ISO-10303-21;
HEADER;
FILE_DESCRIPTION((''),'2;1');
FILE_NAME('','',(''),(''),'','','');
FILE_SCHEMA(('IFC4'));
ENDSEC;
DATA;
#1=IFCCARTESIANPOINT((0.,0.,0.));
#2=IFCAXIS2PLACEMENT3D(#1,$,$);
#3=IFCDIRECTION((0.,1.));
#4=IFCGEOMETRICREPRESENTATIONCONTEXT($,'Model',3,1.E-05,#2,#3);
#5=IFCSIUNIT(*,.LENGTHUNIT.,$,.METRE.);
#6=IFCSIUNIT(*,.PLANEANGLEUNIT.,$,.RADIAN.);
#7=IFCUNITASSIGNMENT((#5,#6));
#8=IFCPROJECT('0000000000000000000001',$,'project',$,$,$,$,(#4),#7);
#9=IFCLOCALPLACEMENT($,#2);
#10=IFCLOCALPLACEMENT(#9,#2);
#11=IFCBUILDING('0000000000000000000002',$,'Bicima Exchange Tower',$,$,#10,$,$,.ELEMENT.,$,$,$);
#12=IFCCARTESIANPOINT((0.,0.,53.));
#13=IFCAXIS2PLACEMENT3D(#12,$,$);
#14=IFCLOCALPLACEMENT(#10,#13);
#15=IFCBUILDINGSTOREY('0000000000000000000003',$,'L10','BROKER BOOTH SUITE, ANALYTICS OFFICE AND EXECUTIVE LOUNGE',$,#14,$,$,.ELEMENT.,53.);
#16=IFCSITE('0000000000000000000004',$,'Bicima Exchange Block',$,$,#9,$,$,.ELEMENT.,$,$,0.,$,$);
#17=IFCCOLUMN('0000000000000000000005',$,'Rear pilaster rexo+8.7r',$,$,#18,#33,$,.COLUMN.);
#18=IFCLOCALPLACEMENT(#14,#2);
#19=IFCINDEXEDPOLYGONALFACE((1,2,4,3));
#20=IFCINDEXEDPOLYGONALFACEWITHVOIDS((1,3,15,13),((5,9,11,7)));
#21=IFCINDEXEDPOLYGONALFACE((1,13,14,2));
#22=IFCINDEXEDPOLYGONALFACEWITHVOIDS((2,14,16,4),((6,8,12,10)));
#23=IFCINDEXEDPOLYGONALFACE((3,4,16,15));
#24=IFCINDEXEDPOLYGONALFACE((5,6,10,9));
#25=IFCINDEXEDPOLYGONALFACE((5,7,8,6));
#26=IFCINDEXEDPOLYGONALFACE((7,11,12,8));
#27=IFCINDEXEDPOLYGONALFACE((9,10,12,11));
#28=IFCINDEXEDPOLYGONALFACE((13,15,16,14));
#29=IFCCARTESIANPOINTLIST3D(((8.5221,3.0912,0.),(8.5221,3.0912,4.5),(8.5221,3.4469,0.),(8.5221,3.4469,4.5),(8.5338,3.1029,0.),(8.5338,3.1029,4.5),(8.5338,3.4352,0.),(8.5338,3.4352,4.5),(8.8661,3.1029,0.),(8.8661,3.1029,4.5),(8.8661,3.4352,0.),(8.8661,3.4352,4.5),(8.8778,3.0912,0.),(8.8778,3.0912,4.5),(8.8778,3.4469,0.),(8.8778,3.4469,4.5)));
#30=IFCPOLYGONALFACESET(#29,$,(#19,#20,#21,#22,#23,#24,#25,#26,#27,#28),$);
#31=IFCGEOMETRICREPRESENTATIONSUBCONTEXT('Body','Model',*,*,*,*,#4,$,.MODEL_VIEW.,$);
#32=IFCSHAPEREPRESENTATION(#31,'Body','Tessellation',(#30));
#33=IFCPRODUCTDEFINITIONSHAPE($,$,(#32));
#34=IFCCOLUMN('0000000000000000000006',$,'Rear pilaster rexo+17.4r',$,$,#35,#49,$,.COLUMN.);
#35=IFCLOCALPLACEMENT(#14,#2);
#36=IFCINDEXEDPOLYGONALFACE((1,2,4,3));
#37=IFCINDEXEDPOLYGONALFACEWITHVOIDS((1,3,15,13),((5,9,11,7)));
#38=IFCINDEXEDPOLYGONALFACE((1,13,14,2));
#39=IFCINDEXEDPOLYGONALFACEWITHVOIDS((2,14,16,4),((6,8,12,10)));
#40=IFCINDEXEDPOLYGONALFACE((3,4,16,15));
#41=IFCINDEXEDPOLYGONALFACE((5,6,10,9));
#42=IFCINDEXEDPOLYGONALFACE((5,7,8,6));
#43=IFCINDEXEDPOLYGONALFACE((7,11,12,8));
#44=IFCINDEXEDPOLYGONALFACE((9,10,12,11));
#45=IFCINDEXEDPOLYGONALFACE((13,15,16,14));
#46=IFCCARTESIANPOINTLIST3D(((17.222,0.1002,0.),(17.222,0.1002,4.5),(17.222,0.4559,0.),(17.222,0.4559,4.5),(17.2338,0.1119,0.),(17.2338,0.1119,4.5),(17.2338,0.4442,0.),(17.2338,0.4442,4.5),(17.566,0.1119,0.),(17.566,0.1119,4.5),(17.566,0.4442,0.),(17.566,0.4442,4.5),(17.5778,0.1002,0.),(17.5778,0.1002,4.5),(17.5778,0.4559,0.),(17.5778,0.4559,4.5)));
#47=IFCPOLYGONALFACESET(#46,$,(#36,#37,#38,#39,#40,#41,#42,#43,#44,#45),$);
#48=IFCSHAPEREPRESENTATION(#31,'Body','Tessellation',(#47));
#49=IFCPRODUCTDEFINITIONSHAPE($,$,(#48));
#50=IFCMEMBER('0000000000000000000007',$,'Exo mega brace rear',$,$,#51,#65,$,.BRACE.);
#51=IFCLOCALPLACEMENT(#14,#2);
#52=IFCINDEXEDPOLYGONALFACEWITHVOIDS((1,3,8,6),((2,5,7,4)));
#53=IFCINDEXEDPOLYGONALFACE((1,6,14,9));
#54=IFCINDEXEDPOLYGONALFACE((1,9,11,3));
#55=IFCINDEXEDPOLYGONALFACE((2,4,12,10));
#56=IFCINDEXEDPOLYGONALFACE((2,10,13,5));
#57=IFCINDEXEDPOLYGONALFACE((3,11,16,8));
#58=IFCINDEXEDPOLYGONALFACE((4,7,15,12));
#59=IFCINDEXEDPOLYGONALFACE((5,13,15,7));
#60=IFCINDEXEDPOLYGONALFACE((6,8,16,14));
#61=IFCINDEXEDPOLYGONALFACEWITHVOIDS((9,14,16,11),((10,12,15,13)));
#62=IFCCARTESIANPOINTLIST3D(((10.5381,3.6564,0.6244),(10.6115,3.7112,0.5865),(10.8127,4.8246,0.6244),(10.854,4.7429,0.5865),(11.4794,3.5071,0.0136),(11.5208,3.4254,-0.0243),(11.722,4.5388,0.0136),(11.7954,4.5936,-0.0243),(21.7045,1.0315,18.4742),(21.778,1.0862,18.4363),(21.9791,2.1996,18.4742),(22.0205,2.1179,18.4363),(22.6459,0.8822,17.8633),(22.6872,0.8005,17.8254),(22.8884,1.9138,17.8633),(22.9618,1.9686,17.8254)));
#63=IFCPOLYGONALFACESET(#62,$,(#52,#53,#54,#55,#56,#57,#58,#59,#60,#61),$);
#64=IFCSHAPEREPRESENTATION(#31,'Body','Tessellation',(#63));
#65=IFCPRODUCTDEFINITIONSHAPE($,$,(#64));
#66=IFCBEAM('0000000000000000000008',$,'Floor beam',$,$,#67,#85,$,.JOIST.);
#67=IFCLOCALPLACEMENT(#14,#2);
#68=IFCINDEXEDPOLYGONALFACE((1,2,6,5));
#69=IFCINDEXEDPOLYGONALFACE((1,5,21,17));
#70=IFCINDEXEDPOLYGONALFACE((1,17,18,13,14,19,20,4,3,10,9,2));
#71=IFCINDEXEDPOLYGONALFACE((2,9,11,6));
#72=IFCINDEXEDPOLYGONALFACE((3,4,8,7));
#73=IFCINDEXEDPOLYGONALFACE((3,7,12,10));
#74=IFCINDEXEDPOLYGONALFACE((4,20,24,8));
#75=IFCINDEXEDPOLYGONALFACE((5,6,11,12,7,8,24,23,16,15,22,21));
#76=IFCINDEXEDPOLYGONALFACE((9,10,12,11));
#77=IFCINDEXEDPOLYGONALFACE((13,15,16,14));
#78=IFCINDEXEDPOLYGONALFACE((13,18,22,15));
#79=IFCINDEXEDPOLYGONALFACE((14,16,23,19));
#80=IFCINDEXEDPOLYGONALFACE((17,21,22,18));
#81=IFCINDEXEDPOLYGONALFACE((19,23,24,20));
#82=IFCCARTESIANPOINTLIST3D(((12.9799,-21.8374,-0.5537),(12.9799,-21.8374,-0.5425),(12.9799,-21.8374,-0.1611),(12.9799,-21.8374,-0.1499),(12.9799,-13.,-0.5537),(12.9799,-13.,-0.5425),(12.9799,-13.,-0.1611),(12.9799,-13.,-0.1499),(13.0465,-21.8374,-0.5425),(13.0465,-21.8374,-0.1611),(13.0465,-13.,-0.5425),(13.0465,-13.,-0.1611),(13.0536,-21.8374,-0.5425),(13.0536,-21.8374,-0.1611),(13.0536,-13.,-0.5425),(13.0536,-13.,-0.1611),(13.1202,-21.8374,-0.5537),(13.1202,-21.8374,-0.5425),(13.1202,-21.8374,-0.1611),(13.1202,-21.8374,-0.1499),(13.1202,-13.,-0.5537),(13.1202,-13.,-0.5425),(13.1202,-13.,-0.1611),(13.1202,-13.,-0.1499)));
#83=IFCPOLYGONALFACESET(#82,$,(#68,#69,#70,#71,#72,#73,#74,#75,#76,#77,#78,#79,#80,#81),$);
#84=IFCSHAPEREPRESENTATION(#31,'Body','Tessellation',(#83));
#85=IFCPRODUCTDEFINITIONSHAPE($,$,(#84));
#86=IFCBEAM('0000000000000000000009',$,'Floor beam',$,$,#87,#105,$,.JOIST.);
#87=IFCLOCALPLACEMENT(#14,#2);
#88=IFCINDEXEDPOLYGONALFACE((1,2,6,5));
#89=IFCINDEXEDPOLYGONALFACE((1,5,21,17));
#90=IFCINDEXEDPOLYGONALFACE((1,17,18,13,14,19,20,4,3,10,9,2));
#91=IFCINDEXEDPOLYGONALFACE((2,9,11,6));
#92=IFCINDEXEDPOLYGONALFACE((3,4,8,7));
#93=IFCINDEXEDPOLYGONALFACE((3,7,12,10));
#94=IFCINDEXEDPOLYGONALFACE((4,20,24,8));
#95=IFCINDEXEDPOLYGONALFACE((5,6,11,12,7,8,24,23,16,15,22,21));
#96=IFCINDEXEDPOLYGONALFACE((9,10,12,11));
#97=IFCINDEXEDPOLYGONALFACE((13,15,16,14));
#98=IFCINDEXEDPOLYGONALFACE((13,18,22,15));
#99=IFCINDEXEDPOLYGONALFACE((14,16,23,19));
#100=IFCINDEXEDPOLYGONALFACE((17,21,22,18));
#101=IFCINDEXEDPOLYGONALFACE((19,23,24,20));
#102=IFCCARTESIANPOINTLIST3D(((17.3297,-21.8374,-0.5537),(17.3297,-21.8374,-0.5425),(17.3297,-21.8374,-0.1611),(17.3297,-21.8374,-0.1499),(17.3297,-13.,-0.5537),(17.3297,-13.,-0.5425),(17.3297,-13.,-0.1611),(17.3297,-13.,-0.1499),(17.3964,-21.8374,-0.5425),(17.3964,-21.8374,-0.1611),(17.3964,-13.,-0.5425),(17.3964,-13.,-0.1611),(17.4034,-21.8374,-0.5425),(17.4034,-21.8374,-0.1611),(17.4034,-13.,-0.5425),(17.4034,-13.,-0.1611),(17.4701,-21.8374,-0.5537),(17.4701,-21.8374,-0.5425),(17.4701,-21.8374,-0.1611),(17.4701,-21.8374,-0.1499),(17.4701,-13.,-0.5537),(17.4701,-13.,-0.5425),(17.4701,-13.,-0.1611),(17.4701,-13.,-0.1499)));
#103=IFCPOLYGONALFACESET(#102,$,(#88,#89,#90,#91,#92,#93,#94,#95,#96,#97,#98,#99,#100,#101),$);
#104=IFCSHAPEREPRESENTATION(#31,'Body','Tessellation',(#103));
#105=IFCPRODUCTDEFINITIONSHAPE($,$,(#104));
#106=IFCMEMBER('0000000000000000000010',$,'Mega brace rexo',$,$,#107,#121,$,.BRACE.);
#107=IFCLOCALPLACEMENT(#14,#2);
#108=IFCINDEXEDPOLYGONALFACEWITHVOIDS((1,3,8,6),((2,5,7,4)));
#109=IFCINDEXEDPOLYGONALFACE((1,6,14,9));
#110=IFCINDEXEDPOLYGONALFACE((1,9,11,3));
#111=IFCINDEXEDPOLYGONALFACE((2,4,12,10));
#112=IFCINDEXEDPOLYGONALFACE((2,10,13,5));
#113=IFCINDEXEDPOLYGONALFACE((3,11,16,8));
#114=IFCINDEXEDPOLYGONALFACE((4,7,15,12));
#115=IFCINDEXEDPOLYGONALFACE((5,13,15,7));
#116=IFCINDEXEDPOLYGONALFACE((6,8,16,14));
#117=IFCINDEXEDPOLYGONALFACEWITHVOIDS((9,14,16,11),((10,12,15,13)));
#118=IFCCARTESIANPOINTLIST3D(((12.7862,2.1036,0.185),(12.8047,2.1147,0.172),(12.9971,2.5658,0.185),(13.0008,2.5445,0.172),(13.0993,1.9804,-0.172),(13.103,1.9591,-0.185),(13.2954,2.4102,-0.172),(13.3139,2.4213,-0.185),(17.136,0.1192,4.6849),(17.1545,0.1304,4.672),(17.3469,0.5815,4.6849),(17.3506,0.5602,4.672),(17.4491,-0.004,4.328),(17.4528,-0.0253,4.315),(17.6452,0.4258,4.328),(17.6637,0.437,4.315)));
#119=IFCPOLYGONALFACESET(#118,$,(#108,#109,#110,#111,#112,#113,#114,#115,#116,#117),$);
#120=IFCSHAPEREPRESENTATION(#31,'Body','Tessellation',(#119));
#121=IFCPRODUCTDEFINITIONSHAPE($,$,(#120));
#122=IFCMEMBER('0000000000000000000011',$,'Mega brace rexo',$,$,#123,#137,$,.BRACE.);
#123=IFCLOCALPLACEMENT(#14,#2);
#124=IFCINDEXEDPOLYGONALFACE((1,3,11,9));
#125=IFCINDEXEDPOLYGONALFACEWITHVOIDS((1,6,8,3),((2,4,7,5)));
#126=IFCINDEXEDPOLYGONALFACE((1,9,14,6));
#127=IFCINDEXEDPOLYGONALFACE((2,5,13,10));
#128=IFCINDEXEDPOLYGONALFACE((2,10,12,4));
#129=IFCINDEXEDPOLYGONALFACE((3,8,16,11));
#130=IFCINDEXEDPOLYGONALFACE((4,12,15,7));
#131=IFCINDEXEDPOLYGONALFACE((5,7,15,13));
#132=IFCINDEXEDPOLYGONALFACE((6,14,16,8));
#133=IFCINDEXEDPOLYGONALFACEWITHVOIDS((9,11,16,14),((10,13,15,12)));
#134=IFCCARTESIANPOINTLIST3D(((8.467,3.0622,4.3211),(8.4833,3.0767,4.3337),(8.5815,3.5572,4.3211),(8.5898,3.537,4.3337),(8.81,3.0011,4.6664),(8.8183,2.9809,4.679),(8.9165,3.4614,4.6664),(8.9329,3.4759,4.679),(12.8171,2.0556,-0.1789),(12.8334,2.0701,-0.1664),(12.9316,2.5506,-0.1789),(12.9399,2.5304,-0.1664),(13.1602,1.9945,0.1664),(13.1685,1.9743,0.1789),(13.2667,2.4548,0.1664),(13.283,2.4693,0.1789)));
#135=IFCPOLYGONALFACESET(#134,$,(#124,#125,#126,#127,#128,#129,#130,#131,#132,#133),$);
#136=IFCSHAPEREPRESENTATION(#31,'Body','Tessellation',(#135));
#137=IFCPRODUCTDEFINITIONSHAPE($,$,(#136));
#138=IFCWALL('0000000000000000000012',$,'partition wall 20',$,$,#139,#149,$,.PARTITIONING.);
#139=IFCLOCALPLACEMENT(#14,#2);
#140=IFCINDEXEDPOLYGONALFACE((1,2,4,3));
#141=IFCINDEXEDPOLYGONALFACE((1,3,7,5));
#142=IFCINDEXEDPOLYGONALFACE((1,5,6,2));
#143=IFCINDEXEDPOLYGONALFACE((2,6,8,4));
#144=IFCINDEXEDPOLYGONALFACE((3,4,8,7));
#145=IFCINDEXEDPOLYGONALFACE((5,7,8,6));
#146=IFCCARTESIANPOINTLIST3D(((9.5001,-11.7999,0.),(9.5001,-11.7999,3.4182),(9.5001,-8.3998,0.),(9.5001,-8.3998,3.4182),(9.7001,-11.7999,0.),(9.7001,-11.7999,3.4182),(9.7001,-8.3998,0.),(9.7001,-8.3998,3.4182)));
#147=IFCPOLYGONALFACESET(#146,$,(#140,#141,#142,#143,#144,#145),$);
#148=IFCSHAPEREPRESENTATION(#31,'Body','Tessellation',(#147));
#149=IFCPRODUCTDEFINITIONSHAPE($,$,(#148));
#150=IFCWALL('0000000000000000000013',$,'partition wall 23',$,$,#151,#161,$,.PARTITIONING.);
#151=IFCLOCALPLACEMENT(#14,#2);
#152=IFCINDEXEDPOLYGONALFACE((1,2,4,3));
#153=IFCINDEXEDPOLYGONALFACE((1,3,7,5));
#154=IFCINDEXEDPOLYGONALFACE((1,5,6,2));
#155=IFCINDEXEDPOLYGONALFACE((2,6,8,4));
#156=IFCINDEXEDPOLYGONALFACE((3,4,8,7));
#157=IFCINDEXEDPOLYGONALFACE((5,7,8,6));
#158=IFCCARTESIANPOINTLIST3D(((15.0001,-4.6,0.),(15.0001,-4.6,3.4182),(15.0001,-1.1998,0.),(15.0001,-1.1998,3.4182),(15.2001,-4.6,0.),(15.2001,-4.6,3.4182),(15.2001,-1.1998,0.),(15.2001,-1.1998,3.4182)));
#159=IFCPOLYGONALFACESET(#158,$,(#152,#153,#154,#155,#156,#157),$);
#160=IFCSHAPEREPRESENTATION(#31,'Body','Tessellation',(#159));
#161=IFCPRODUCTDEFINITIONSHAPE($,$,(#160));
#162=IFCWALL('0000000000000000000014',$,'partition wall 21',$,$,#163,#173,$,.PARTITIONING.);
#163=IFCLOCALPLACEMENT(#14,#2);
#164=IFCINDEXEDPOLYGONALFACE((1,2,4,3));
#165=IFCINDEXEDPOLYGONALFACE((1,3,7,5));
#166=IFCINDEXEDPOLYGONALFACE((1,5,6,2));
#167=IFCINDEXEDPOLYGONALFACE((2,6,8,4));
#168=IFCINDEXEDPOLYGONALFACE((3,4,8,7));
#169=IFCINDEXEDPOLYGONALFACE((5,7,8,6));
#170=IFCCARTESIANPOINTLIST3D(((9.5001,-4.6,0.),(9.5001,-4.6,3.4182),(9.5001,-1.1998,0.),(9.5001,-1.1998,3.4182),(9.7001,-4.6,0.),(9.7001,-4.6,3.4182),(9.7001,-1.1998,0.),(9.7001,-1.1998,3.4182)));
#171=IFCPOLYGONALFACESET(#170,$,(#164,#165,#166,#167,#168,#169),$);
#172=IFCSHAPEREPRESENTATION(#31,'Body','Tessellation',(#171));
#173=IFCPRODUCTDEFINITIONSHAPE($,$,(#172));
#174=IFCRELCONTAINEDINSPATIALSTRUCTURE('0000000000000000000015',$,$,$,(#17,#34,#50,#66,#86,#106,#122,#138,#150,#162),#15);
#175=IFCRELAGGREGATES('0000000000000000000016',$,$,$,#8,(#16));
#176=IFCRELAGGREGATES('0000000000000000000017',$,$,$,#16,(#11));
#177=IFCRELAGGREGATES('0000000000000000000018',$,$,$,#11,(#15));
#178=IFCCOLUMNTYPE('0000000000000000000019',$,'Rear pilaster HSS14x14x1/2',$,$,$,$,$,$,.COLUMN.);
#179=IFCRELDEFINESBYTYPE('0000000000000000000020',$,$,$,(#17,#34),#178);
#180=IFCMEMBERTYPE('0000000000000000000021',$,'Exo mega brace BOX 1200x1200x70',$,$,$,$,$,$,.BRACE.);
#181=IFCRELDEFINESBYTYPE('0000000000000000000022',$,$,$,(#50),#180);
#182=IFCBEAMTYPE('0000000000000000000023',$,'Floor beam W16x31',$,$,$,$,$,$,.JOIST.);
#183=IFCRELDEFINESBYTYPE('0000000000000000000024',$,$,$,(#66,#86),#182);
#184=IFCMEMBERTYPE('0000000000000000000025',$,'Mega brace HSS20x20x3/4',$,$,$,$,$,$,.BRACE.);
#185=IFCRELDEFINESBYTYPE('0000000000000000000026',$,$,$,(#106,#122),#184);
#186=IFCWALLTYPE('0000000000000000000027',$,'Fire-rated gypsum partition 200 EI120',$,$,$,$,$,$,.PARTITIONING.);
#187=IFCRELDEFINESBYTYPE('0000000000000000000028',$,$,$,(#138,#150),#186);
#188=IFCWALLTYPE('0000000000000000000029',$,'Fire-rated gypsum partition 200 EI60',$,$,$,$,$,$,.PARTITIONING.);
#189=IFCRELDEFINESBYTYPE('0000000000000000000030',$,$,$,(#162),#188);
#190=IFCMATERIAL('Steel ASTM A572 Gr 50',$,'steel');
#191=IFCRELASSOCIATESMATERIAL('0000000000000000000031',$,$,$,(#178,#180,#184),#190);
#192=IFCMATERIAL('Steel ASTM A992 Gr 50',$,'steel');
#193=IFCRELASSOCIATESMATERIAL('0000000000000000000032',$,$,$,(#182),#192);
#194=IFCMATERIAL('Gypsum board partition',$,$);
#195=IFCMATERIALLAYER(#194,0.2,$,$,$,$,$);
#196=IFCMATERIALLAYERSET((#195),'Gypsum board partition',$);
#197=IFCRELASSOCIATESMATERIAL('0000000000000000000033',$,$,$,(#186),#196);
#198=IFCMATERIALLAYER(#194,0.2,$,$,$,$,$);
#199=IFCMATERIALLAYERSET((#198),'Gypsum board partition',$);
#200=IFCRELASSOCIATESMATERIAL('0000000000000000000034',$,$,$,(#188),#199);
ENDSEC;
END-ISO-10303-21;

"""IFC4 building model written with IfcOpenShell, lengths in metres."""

from ifc_helpers import new_model, si_unit, direction, frame, frame_2d, origin, origin_2d, place, context, subcontext, project, spatial, rectangle, hollow_rectangle, i_section, extrude, material, layer, layer_set, material_profile, profile_set, type_object, element, save


model = new_model("IFC4")

# Units and contexts
model_context = context("Model", 3, precision=1e-05, world=origin(), true_north=direction((0.0, 1.0)))
body_context = subcontext(model_context, "Body", "Model", "MODEL_VIEW")
ifc_project = project(units=[si_unit("LENGTHUNIT", "METRE"), si_unit("PLANEANGLEUNIT", "RADIAN")], contexts=[model_context])

# Site, building, storey
site_placement = place(None, origin())
site = spatial("IfcSite", under=ifc_project, at=site_placement, Name="Bicima Exchange Block", CompositionType="ELEMENT", RefElevation=0.0)
building_placement = place(site_placement, origin())
building = spatial("IfcBuilding", under=site, at=building_placement, Name="Bicima Exchange Tower", CompositionType="ELEMENT")
storey_placement = place(building_placement, frame((0.0, 0.0, 53.0)))
storey = spatial("IfcBuildingStorey", under=building, at=storey_placement, Name="L10", Description="BROKER BOOTH SUITE, ANALYTICS OFFICE AND EXECUTIVE LOUNGE", CompositionType="ELEMENT", Elevation=53.0)

# Columns
ifc_material_1 = material(Name="Steel ASTM A572 Gr 50", Category="steel")
ifc_material_profile_1 = material_profile(ifc_material_1, hollow_rectangle(XDim=0.3557, YDim=0.3557, WallThickness=0.0117, at=origin_2d()))
ifc_profile_set_1 = profile_set([ifc_material_profile_1], Name="Steel ASTM A572 Gr 50")
column_type = type_object("IfcColumnType", Name="Rear pilaster HSS14x14x1/2", PredefinedType="COLUMN", material=ifc_profile_set_1)
for number, where, z_axis, x_axis, name in (
    (1, (8.7, 3.269, 0.0), (0.0, 0.0, 1.0), (1.0, 0.0, 0.0), "Rear pilaster rexo+8.7r"),
    (2, (17.3999, 0.2781, 0.0), (0.0, 0.0, 1.0), (1.0, 0.0, 0.0), "Rear pilaster rexo+17.4r"),
):
    element("IfcColumn", number, at=place(storey_placement, frame(where, z_axis=z_axis, x_axis=x_axis)), inside=storey, type_object=column_type, Name=name, PredefinedType="COLUMN", context=body_context, shape_type="SweptSolid", body=[
        extrude(hollow_rectangle(XDim=0.3557, YDim=0.3557, WallThickness=0.0117, at=origin_2d()), origin(), (0.0, 0.0, 1.0), 4.5),
    ])

# Member
ifc_material_profile_2 = material_profile(ifc_material_1, hollow_rectangle(XDim=1.2, YDim=1.2, WallThickness=0.0701, at=origin_2d()))
ifc_profile_set_2 = profile_set([ifc_material_profile_2], Name="Steel ASTM A572 Gr 50")
member_type_1 = type_object("IfcMemberType", Name="Exo mega brace BOX 1200x1200x70", PredefinedType="BRACE", material=ifc_profile_set_2)
member_1_placement = place(storey_placement, frame((11.1667, 4.125, 0.3), z_axis=(0.526278, -0.123716, 0.841264), x_axis=(0.22884, 0.973464, 0.0)))
element("IfcMember", 3, at=member_1_placement, inside=storey, type_object=member_type_1, Name="Exo mega brace rear", PredefinedType="BRACE", context=body_context, shape_type="SweptSolid", body=[
    extrude(hollow_rectangle(XDim=1.2, YDim=1.2, WallThickness=0.0701, at=origin_2d()), origin(), (0.0, 0.0, 1.0), 21.2178),
])

# Beams
ifc_material_2 = material(Name="Steel ASTM A992 Gr 50", Category="steel")
ifc_material_profile_3 = material_profile(ifc_material_2, i_section(OverallWidth=0.1404, OverallDepth=0.4038, WebThickness=0.0071, FlangeThickness=0.0112, at=origin_2d()))
ifc_profile_set_3 = profile_set([ifc_material_profile_3], Name="Steel ASTM A992 Gr 50")
beam_type = type_object("IfcBeamType", Name="Floor beam W16x31", PredefinedType="JOIST", material=ifc_profile_set_3)
for number, where, z_axis, x_axis, name in (
    (4, (13.05, -13.0, -0.3518), (0.0, -1.0, 0.0), (1.0, 0.0, 0.0), "Floor beam"),
    (5, (17.3999, -13.0, -0.3518), (0.0, -1.0, 0.0), (1.0, 0.0, 0.0), "Floor beam"),
):
    element("IfcBeam", number, at=place(storey_placement, frame(where, z_axis=z_axis, x_axis=x_axis)), inside=storey, type_object=beam_type, Name=name, PredefinedType="JOIST", context=body_context, shape_type="SweptSolid", body=[
        extrude(i_section(OverallWidth=0.1404, OverallDepth=0.4038, WebThickness=0.0071, FlangeThickness=0.0112, at=origin_2d()), origin(), (0.0, 0.0, 1.0), 8.8374),
    ])

# Members
ifc_material_profile_4 = material_profile(ifc_material_1, hollow_rectangle(XDim=0.5081, YDim=0.5081, WallThickness=0.0178, at=origin_2d()))
ifc_profile_set_4 = profile_set([ifc_material_profile_4], Name="Steel ASTM A572 Gr 50")
member_type_2 = type_object("IfcMemberType", Name="Mega brace HSS20x20x3/4", PredefinedType="BRACE", material=ifc_profile_set_4)
member_2_placement = place(storey_placement, frame((13.05, 2.2625, 0.0), z_axis=(0.662508, -0.302232, 0.685376), x_axis=(0.415045, 0.909801, 0.0)))
element("IfcMember", 6, at=member_2_placement, inside=storey, type_object=member_type_2, Name="Mega brace rexo", PredefinedType="BRACE", context=body_context, shape_type="SweptSolid", body=[
    extrude(hollow_rectangle(XDim=0.5081, YDim=0.5081, WallThickness=0.0178, at=origin_2d()), origin(), (0.0, 0.0, 1.0), 6.5657),
])
member_3_placement = place(storey_placement, frame((13.05, 2.2625, 0.0), z_axis=(-0.686212, 0.158786, 0.709859), x_axis=(-0.225439, -0.974257, 0.0)))
element("IfcMember", 7, at=member_3_placement, inside=storey, type_object=member_type_2, Name="Mega brace rexo", PredefinedType="BRACE", context=body_context, shape_type="SweptSolid", body=[
    extrude(hollow_rectangle(XDim=0.5081, YDim=0.5081, WallThickness=0.0178, at=origin_2d()), origin(), (0.0, 0.0, 1.0), 6.3394),
])

# Walls
ifc_material_3 = material(Name="Gypsum board partition")
ifc_layer_1 = layer(ifc_material_3, 0.2)
ifc_layer_set_1 = layer_set([ifc_layer_1], Name="Gypsum board partition")
wall_type_1 = type_object("IfcWallType", Name="Fire-rated gypsum partition 200 EI120", PredefinedType="PARTITIONING", material=ifc_layer_set_1)
for number, where, z_axis, x_axis, name in (
    (8, (9.6001, -11.8, 0.0), (0.0, 0.0, 1.0), (0.0, 1.0, 0.0), "partition wall 20"),
    (9, (15.1001, -4.6001, 0.0), (0.0, 0.0, 1.0), (0.0, 1.0, 0.0), "partition wall 23"),
):
    element("IfcWall", number, at=place(storey_placement, frame(where, z_axis=z_axis, x_axis=x_axis)), inside=storey, type_object=wall_type_1, Name=name, PredefinedType="PARTITIONING", context=body_context, shape_type="SweptSolid", body=[
        extrude(rectangle(XDim=3.4001, YDim=0.2, at=frame_2d((1.7002, 0.0))), origin(), (0.0, 0.0, 1.0), 3.4182),
    ])
ifc_layer_2 = layer(ifc_material_3, 0.2)
ifc_layer_set_2 = layer_set([ifc_layer_2], Name="Gypsum board partition")
wall_type_2 = type_object("IfcWallType", Name="Fire-rated gypsum partition 200 EI60", PredefinedType="PARTITIONING", material=ifc_layer_set_2)
wall_1_placement = place(storey_placement, frame((9.6001, -4.6001, 0.0), z_axis=(0.0, 0.0, 1.0), x_axis=(0.0, 1.0, 0.0)))
element("IfcWall", 10, at=wall_1_placement, inside=storey, type_object=wall_type_2, Name="partition wall 21", PredefinedType="PARTITIONING", context=body_context, shape_type="SweptSolid", body=[
    extrude(rectangle(XDim=3.4001, YDim=0.2, at=frame_2d((1.7002, 0.0))), origin(), (0.0, 0.0, 1.0), 3.4182),
])

save(model, "model.ifc")
